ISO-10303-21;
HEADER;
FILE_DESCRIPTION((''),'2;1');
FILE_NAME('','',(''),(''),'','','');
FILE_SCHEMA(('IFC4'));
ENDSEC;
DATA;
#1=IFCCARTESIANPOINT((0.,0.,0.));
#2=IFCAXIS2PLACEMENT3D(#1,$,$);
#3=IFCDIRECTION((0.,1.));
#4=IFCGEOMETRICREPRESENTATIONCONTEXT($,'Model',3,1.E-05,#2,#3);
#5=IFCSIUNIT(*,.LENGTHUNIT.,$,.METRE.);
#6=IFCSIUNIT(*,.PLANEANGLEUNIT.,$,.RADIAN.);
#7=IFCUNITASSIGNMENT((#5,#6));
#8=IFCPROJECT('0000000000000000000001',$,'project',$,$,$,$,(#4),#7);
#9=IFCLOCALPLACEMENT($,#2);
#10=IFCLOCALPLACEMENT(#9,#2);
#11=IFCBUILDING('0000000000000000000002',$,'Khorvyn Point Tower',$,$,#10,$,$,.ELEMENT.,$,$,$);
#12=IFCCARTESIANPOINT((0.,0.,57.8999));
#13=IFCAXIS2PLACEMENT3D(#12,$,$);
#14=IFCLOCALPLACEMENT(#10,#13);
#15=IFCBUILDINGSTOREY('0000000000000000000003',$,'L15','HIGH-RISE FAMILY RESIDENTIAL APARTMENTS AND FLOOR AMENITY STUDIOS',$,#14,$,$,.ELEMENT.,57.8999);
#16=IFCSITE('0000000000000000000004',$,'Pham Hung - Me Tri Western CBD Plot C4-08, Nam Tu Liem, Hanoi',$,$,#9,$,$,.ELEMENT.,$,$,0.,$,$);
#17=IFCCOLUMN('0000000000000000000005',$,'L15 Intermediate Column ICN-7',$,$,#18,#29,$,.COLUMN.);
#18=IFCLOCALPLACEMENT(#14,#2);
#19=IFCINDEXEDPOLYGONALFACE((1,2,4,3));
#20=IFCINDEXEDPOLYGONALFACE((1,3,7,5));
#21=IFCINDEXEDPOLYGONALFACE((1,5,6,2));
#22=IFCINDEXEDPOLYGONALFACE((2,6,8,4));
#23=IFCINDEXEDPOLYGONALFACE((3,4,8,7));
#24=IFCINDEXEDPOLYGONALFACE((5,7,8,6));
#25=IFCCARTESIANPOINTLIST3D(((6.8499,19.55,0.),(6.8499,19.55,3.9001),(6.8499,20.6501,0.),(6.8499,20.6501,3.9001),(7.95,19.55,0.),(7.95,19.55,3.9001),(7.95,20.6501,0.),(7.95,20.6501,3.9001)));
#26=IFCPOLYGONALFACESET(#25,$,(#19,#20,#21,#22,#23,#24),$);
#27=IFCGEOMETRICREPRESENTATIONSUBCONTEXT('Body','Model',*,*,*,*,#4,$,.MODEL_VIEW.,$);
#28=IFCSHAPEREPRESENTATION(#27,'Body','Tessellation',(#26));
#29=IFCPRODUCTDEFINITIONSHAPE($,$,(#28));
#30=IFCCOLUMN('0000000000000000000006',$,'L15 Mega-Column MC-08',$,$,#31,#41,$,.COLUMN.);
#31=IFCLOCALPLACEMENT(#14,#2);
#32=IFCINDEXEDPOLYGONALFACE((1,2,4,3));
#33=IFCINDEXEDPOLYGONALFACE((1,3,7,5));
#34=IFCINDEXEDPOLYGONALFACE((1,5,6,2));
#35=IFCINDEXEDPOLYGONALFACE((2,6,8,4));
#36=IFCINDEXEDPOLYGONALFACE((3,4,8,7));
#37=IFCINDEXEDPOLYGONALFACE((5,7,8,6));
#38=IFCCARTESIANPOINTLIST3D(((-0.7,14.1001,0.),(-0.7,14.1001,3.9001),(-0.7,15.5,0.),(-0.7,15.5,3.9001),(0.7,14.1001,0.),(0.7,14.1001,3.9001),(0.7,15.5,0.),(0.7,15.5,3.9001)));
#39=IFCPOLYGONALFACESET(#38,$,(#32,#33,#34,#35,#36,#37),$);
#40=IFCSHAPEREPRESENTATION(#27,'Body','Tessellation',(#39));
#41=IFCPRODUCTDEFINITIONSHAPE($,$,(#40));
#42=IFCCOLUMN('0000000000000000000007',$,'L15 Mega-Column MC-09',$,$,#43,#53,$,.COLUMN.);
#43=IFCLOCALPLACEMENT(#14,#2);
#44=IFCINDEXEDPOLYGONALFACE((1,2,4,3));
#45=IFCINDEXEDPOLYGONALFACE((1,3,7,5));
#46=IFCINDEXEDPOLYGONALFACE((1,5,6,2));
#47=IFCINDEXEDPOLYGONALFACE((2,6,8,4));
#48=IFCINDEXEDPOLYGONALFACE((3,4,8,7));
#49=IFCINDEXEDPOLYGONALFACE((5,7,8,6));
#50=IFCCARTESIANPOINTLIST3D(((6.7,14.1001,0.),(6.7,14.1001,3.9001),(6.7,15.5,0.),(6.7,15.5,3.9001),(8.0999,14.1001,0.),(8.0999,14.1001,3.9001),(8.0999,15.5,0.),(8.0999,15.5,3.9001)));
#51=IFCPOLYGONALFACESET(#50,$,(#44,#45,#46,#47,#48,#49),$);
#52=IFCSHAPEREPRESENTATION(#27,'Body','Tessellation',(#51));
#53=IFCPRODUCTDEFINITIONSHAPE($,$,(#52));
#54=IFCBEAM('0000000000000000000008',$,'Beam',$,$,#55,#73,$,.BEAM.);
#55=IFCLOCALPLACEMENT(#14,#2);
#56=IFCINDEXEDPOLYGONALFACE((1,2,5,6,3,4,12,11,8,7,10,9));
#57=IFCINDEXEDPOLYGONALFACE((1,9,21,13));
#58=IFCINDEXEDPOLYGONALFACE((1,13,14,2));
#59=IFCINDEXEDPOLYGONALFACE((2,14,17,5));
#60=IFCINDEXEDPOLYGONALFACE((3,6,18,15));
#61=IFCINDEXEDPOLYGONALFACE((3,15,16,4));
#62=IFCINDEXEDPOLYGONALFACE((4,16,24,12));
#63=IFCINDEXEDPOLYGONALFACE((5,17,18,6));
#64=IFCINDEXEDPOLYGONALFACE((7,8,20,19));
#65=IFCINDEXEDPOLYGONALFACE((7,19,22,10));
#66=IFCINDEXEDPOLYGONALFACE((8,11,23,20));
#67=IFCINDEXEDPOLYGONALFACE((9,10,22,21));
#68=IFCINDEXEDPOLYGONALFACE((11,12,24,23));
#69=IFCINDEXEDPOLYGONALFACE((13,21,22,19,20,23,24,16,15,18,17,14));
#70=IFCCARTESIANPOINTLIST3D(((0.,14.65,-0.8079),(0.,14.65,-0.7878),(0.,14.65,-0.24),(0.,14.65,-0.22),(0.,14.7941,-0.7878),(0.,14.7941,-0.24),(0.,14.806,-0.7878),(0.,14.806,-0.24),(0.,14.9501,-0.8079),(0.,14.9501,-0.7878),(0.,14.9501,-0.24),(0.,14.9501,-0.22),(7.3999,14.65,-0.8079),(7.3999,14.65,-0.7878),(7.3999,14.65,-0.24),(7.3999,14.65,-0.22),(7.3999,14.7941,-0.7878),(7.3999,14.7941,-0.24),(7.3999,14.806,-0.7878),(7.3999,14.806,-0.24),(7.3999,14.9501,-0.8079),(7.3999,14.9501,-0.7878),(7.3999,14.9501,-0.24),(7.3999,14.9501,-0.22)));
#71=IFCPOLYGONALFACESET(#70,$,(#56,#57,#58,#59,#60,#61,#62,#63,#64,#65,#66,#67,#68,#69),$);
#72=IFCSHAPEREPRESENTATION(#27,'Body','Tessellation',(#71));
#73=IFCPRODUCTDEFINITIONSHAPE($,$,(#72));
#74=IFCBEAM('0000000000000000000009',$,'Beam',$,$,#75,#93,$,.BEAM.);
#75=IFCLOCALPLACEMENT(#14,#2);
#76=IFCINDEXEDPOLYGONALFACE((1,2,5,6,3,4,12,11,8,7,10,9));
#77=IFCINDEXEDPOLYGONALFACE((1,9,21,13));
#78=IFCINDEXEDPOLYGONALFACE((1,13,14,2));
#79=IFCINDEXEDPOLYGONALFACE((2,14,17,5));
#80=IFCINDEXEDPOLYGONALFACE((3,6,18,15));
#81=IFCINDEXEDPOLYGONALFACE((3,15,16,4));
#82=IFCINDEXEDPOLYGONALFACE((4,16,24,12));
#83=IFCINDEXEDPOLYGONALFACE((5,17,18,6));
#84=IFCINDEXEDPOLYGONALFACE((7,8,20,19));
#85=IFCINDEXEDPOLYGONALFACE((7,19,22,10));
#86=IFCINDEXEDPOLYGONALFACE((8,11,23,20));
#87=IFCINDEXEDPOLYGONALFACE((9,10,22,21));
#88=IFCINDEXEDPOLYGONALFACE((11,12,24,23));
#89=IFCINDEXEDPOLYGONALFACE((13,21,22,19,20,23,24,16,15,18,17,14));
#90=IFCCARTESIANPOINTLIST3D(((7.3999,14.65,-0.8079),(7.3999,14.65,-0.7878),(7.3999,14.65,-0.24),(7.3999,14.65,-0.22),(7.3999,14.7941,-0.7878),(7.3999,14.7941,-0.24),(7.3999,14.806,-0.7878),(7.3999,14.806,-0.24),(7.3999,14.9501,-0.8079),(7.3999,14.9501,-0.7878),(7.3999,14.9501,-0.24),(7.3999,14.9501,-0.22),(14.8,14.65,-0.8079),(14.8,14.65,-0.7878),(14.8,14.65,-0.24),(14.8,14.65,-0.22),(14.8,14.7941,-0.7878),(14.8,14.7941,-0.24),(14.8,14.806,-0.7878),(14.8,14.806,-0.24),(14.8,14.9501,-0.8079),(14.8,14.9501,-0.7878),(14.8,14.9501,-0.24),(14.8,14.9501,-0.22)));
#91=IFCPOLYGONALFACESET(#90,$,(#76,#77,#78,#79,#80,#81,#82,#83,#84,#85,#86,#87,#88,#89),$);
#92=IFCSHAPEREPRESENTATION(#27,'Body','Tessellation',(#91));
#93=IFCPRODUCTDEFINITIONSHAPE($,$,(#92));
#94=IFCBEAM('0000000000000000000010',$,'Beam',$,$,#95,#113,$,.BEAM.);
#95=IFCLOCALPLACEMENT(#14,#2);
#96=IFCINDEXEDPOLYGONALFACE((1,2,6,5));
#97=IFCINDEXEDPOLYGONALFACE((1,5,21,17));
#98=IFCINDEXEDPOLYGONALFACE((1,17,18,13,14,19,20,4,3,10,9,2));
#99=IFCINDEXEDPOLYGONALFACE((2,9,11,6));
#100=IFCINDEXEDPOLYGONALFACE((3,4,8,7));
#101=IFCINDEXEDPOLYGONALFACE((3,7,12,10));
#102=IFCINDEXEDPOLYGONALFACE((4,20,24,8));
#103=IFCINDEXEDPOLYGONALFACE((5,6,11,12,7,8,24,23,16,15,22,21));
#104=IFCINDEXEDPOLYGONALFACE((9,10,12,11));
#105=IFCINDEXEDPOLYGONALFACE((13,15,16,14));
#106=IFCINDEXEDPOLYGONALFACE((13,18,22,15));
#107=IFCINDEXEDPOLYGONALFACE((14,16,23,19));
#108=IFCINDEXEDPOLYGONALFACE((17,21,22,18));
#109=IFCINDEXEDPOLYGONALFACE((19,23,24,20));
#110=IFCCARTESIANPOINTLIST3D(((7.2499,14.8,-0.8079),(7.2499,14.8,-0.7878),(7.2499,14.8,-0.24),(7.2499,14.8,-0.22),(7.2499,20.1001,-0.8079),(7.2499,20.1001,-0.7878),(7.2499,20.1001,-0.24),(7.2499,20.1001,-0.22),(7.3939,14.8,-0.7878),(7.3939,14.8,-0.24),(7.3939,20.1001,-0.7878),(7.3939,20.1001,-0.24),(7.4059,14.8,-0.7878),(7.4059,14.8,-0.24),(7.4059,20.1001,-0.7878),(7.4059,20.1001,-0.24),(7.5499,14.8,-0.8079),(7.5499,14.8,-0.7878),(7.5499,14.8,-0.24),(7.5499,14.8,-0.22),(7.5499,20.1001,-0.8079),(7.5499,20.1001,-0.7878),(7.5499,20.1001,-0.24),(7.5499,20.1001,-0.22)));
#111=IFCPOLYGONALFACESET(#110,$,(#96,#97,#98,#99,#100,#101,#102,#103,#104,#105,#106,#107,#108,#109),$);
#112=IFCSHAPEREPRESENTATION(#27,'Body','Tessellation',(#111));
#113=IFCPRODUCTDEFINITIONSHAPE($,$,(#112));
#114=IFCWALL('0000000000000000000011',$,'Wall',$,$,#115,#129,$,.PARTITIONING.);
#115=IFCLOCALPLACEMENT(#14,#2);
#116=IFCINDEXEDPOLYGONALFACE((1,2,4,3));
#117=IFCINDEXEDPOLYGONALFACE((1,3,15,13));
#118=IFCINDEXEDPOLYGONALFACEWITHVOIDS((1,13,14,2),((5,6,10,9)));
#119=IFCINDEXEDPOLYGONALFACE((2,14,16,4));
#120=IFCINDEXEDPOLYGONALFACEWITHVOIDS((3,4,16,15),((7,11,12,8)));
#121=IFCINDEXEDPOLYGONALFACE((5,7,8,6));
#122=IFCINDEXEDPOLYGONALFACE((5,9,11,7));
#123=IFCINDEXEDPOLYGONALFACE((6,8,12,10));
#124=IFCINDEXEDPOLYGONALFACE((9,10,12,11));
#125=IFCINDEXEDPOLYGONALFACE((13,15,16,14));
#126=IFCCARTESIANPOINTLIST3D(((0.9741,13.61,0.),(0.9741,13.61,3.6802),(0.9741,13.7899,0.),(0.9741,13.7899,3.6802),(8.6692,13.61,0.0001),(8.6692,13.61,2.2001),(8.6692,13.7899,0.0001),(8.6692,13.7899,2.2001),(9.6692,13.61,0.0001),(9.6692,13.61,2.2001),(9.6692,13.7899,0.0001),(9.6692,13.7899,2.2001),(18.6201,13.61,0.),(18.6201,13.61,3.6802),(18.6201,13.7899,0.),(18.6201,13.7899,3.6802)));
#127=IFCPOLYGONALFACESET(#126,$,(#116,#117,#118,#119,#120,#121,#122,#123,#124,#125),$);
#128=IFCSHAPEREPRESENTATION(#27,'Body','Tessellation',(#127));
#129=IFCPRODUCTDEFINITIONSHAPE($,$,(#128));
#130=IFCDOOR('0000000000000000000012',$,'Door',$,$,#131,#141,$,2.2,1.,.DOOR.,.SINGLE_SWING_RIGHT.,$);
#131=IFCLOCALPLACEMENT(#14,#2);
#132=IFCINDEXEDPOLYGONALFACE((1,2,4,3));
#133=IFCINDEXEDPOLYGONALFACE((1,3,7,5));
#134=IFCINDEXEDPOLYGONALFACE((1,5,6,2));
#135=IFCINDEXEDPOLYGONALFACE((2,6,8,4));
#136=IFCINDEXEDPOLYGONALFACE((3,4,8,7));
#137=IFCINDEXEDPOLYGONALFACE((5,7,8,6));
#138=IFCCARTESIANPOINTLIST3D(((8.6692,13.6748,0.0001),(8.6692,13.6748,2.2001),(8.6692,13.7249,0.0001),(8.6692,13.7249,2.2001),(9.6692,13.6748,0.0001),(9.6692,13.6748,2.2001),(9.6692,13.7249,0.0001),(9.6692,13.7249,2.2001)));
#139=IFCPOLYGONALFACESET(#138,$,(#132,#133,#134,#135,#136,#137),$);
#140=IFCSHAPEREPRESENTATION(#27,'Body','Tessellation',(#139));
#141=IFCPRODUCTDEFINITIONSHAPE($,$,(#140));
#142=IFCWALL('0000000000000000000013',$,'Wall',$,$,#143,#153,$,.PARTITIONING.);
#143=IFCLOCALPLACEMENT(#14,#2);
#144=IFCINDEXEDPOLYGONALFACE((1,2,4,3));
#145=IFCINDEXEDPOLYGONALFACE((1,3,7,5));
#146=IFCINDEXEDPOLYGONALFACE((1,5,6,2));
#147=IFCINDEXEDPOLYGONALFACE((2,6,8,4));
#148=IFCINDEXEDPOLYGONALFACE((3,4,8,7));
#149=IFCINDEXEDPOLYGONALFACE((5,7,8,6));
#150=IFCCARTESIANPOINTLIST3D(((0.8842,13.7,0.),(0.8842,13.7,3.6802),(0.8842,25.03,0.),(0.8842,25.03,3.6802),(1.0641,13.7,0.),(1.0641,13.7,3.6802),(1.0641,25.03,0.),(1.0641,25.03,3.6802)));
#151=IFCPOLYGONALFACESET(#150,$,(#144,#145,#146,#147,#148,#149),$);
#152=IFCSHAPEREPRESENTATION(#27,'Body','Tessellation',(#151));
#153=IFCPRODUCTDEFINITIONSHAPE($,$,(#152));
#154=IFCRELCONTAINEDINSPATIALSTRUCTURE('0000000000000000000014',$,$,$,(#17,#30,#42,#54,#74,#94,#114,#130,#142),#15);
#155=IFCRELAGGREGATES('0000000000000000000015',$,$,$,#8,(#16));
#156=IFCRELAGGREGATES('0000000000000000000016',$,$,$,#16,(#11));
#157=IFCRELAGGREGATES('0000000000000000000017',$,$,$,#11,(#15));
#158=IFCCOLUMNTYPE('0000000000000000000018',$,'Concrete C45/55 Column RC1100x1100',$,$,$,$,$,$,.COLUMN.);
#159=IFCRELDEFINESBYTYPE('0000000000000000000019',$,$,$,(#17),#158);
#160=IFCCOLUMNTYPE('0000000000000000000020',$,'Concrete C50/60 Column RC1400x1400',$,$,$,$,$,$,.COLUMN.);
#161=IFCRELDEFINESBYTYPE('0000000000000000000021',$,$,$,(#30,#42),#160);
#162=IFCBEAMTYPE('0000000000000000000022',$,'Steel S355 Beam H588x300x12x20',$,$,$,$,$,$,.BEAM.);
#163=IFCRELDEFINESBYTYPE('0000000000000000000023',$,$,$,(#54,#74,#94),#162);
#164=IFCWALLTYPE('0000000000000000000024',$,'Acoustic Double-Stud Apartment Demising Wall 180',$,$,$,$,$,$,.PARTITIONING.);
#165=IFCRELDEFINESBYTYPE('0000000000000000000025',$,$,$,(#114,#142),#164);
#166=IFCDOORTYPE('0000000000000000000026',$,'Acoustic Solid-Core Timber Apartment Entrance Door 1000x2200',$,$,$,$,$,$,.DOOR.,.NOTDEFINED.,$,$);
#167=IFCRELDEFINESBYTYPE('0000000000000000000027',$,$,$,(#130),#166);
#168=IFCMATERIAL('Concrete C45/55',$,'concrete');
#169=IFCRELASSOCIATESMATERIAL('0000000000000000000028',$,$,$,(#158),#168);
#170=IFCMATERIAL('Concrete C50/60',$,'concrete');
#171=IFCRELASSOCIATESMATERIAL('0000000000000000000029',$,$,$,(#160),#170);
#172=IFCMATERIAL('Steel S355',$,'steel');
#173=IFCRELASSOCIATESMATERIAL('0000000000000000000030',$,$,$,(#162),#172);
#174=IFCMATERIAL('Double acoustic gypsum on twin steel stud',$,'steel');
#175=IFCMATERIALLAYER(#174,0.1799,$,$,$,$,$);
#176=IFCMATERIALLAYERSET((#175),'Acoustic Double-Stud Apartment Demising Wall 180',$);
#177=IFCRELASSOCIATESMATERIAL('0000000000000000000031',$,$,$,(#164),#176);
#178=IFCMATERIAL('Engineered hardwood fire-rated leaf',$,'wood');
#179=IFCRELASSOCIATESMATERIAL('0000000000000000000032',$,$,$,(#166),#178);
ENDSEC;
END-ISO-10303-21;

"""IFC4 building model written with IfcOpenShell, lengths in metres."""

from ifc_helpers import new_model, si_unit, direction, frame, frame_2d, origin, origin_2d, place, context, subcontext, project, spatial, rectangle, i_section, extrude, material, layer, layer_set, material_profile, profile_set, type_object, element, fill, save


model = new_model("IFC4")

# Units and contexts
model_context = context("Model", 3, precision=1e-05, world=origin(), true_north=direction((0.0, 1.0)))
body_context = subcontext(model_context, "Body", "Model", "MODEL_VIEW")
ifc_project = project(units=[si_unit("LENGTHUNIT", "METRE"), si_unit("PLANEANGLEUNIT", "RADIAN")], contexts=[model_context])

# Site, building, storey
site_placement = place(None, origin())
site = spatial("IfcSite", under=ifc_project, at=site_placement, Name="Pham Hung - Me Tri Western CBD Plot C4-08, Nam Tu Liem, Hanoi", CompositionType="ELEMENT", RefElevation=0.0)
building_placement = place(site_placement, origin())
building = spatial("IfcBuilding", under=site, at=building_placement, Name="Khorvyn Point Tower", CompositionType="ELEMENT")
storey_placement = place(building_placement, frame((0.0, 0.0, 57.8999)))
storey = spatial("IfcBuildingStorey", under=building, at=storey_placement, Name="L15", Description="HIGH-RISE FAMILY RESIDENTIAL APARTMENTS AND FLOOR AMENITY STUDIOS", CompositionType="ELEMENT", Elevation=57.8999)

# Columns
ifc_material_1 = material(Name="Concrete C45/55", Category="concrete")
ifc_material_profile_1 = material_profile(ifc_material_1, rectangle(XDim=1.1001, YDim=1.1001, at=origin_2d()))
ifc_profile_set_1 = profile_set([ifc_material_profile_1], Name="Concrete C45/55 RC1100x1100")
column_type_1 = type_object("IfcColumnType", Name="Concrete C45/55 Column RC1100x1100", PredefinedType="COLUMN", material=ifc_profile_set_1)
column_placement = place(storey_placement, frame((7.3999, 20.1001, 0.0), z_axis=(0.0, 0.0, 1.0), x_axis=(1.0, 0.0, 0.0)))
element("IfcColumn", 1, at=column_placement, inside=storey, type_object=column_type_1, Name="L15 Intermediate Column ICN-7", PredefinedType="COLUMN", context=body_context, shape_type="SweptSolid", body=[
    extrude(rectangle(XDim=1.1001, YDim=1.1001, at=origin_2d()), origin(), (0.0, 0.0, 1.0), 3.9001),
])
ifc_material_2 = material(Name="Concrete C50/60", Category="concrete")
ifc_material_profile_2 = material_profile(ifc_material_2, rectangle(XDim=1.3999, YDim=1.3999, at=origin_2d()))
ifc_profile_set_2 = profile_set([ifc_material_profile_2], Name="Concrete C50/60 RC1400x1400")
column_type_2 = type_object("IfcColumnType", Name="Concrete C50/60 Column RC1400x1400", PredefinedType="COLUMN", material=ifc_profile_set_2)
for number, where, z_axis, x_axis, name in (
    (2, (0.0, 14.8, 0.0), (0.0, 0.0, 1.0), (1.0, 0.0, 0.0), "L15 Mega-Column MC-08"),
    (3, (7.3999, 14.8, 0.0), (0.0, 0.0, 1.0), (1.0, 0.0, 0.0), "L15 Mega-Column MC-09"),
):
    element("IfcColumn", number, at=place(storey_placement, frame(where, z_axis=z_axis, x_axis=x_axis)), inside=storey, type_object=column_type_2, Name=name, PredefinedType="COLUMN", context=body_context, shape_type="SweptSolid", body=[
        extrude(rectangle(XDim=1.3999, YDim=1.3999, at=origin_2d()), origin(), (0.0, 0.0, 1.0), 3.9001),
    ])

# Beams
ifc_material_3 = material(Name="Steel S355", Category="steel")
ifc_material_profile_3 = material_profile(ifc_material_3, i_section(OverallWidth=0.3, OverallDepth=0.5879, WebThickness=0.012, FlangeThickness=0.02, at=origin_2d()))
ifc_profile_set_3 = profile_set([ifc_material_profile_3], Name="Steel S355 H588x300x12x20")
beam_type = type_object("IfcBeamType", Name="Steel S355 Beam H588x300x12x20", PredefinedType="BEAM", material=ifc_profile_set_3)
beam_1_placement = place(storey_placement, frame((0.0, 14.8, -0.5139), z_axis=(1.0, 0.0, 0.0), x_axis=(0.0, 1.0, 0.0)))
element("IfcBeam", 4, at=beam_1_placement, inside=storey, type_object=beam_type, Name="Beam", PredefinedType="BEAM", context=body_context, shape_type="SweptSolid", body=[
    extrude(i_section(OverallWidth=0.3, OverallDepth=0.5879, WebThickness=0.012, FlangeThickness=0.02, at=origin_2d()), origin(), (0.0, 0.0, 1.0), 7.3999),
])
beam_2_placement = place(storey_placement, frame((7.3999, 14.8, -0.5139), z_axis=(1.0, 0.0, 0.0), x_axis=(0.0, 1.0, 0.0)))
element("IfcBeam", 5, at=beam_2_placement, inside=storey, type_object=beam_type, Name="Beam", PredefinedType="BEAM", context=body_context, shape_type="SweptSolid", body=[
    extrude(i_section(OverallWidth=0.3, OverallDepth=0.5879, WebThickness=0.012, FlangeThickness=0.02, at=origin_2d()), origin(), (0.0, 0.0, 1.0), 7.4001),
])
beam_3_placement = place(storey_placement, frame((7.3999, 14.8, -0.5139), z_axis=(0.0, 1.0, 0.0), x_axis=(-1.0, 0.0, 0.0)))
element("IfcBeam", 6, at=beam_3_placement, inside=storey, type_object=beam_type, Name="Beam", PredefinedType="BEAM", context=body_context, shape_type="SweptSolid", body=[
    extrude(i_section(OverallWidth=0.3, OverallDepth=0.5879, WebThickness=0.012, FlangeThickness=0.02, at=origin_2d()), origin(), (0.0, 0.0, 1.0), 5.3),
])

# Wall, opening, door
ifc_material_4 = material(Name="Double acoustic gypsum on twin steel stud", Category="steel")
ifc_layer_1 = layer(ifc_material_4, 0.1799)
ifc_layer_set_1 = layer_set([ifc_layer_1], Name="Acoustic Double-Stud Apartment Demising Wall 180")
wall_type_1 = type_object("IfcWallType", Name="Acoustic Double-Stud Apartment Demising Wall 180", PredefinedType="PARTITIONING", material=ifc_layer_set_1)
wall_1_placement = place(storey_placement, frame((0.9741, 13.7, 0.0), z_axis=(0.0, 0.0, 1.0), x_axis=(1.0, 0.0, 0.0)))
wall_1 = element("IfcWall", 7, at=wall_1_placement, inside=storey, type_object=wall_type_1, Name="Wall", PredefinedType="PARTITIONING", context=body_context, shape_type="SweptSolid", body=[
    extrude(rectangle(XDim=17.646, YDim=0.1799, at=frame_2d((8.823, 0.0))), origin(), (0.0, 0.0, 1.0), 3.6802),
])
opening_1_placement = place(wall_1_placement, frame((7.6951, 0.0, 0.0)))
opening_1 = element("IfcOpeningElement", 8, at=opening_1_placement, cuts=wall_1, PredefinedType="OPENING", context=body_context, shape_type="SweptSolid", body=[
    extrude(rectangle(XDim=1.0, YDim=2.2, at=frame_2d((0.5, 1.1001))), frame((0.0, 0.0999, 0.0), z_axis=(0.0, -1.0, 0.0), x_axis=(1.0, 0.0, 0.0)), (0.0, 0.0, 1.0), 0.2),
])
ifc_material_5 = material(Name="Engineered hardwood fire-rated leaf", Category="wood")
door_type_1 = type_object("IfcDoorType", Name="Acoustic Solid-Core Timber Apartment Entrance Door 1000x2200", OperationType="NOTDEFINED", PredefinedType="DOOR", material=ifc_material_5)
door_1_placement = place(opening_1_placement, origin())
door_1 = element("IfcDoor", 9, at=door_1_placement, inside=storey, type_object=door_type_1, Name="Door", OperationType="SINGLE_SWING_RIGHT", OverallHeight=2.2, OverallWidth=1.0, PredefinedType="DOOR", context=body_context, shape_type="SweptSolid", body=[
    extrude(rectangle(XDim=1.0, YDim=2.2, at=frame_2d((0.5, 1.1001))), frame((0.0, 0.0249, 0.0), z_axis=(0.0, -1.0, 0.0), x_axis=(1.0, 0.0, 0.0)), (0.0, 0.0, 1.0), 0.05),
])
fill(opening_1, door_1)

# Wall
wall_2_placement = place(storey_placement, frame((0.9741, 13.7, 0.0), z_axis=(0.0, 0.0, 1.0), x_axis=(0.0, 1.0, 0.0)))
element("IfcWall", 10, at=wall_2_placement, inside=storey, type_object=wall_type_1, Name="Wall", PredefinedType="PARTITIONING", context=body_context, shape_type="SweptSolid", body=[
    extrude(rectangle(XDim=11.3301, YDim=0.1799, at=frame_2d((5.665, 0.0))), origin(), (0.0, 0.0, 1.0), 3.6802),
])

save(model, "model.ifc")
